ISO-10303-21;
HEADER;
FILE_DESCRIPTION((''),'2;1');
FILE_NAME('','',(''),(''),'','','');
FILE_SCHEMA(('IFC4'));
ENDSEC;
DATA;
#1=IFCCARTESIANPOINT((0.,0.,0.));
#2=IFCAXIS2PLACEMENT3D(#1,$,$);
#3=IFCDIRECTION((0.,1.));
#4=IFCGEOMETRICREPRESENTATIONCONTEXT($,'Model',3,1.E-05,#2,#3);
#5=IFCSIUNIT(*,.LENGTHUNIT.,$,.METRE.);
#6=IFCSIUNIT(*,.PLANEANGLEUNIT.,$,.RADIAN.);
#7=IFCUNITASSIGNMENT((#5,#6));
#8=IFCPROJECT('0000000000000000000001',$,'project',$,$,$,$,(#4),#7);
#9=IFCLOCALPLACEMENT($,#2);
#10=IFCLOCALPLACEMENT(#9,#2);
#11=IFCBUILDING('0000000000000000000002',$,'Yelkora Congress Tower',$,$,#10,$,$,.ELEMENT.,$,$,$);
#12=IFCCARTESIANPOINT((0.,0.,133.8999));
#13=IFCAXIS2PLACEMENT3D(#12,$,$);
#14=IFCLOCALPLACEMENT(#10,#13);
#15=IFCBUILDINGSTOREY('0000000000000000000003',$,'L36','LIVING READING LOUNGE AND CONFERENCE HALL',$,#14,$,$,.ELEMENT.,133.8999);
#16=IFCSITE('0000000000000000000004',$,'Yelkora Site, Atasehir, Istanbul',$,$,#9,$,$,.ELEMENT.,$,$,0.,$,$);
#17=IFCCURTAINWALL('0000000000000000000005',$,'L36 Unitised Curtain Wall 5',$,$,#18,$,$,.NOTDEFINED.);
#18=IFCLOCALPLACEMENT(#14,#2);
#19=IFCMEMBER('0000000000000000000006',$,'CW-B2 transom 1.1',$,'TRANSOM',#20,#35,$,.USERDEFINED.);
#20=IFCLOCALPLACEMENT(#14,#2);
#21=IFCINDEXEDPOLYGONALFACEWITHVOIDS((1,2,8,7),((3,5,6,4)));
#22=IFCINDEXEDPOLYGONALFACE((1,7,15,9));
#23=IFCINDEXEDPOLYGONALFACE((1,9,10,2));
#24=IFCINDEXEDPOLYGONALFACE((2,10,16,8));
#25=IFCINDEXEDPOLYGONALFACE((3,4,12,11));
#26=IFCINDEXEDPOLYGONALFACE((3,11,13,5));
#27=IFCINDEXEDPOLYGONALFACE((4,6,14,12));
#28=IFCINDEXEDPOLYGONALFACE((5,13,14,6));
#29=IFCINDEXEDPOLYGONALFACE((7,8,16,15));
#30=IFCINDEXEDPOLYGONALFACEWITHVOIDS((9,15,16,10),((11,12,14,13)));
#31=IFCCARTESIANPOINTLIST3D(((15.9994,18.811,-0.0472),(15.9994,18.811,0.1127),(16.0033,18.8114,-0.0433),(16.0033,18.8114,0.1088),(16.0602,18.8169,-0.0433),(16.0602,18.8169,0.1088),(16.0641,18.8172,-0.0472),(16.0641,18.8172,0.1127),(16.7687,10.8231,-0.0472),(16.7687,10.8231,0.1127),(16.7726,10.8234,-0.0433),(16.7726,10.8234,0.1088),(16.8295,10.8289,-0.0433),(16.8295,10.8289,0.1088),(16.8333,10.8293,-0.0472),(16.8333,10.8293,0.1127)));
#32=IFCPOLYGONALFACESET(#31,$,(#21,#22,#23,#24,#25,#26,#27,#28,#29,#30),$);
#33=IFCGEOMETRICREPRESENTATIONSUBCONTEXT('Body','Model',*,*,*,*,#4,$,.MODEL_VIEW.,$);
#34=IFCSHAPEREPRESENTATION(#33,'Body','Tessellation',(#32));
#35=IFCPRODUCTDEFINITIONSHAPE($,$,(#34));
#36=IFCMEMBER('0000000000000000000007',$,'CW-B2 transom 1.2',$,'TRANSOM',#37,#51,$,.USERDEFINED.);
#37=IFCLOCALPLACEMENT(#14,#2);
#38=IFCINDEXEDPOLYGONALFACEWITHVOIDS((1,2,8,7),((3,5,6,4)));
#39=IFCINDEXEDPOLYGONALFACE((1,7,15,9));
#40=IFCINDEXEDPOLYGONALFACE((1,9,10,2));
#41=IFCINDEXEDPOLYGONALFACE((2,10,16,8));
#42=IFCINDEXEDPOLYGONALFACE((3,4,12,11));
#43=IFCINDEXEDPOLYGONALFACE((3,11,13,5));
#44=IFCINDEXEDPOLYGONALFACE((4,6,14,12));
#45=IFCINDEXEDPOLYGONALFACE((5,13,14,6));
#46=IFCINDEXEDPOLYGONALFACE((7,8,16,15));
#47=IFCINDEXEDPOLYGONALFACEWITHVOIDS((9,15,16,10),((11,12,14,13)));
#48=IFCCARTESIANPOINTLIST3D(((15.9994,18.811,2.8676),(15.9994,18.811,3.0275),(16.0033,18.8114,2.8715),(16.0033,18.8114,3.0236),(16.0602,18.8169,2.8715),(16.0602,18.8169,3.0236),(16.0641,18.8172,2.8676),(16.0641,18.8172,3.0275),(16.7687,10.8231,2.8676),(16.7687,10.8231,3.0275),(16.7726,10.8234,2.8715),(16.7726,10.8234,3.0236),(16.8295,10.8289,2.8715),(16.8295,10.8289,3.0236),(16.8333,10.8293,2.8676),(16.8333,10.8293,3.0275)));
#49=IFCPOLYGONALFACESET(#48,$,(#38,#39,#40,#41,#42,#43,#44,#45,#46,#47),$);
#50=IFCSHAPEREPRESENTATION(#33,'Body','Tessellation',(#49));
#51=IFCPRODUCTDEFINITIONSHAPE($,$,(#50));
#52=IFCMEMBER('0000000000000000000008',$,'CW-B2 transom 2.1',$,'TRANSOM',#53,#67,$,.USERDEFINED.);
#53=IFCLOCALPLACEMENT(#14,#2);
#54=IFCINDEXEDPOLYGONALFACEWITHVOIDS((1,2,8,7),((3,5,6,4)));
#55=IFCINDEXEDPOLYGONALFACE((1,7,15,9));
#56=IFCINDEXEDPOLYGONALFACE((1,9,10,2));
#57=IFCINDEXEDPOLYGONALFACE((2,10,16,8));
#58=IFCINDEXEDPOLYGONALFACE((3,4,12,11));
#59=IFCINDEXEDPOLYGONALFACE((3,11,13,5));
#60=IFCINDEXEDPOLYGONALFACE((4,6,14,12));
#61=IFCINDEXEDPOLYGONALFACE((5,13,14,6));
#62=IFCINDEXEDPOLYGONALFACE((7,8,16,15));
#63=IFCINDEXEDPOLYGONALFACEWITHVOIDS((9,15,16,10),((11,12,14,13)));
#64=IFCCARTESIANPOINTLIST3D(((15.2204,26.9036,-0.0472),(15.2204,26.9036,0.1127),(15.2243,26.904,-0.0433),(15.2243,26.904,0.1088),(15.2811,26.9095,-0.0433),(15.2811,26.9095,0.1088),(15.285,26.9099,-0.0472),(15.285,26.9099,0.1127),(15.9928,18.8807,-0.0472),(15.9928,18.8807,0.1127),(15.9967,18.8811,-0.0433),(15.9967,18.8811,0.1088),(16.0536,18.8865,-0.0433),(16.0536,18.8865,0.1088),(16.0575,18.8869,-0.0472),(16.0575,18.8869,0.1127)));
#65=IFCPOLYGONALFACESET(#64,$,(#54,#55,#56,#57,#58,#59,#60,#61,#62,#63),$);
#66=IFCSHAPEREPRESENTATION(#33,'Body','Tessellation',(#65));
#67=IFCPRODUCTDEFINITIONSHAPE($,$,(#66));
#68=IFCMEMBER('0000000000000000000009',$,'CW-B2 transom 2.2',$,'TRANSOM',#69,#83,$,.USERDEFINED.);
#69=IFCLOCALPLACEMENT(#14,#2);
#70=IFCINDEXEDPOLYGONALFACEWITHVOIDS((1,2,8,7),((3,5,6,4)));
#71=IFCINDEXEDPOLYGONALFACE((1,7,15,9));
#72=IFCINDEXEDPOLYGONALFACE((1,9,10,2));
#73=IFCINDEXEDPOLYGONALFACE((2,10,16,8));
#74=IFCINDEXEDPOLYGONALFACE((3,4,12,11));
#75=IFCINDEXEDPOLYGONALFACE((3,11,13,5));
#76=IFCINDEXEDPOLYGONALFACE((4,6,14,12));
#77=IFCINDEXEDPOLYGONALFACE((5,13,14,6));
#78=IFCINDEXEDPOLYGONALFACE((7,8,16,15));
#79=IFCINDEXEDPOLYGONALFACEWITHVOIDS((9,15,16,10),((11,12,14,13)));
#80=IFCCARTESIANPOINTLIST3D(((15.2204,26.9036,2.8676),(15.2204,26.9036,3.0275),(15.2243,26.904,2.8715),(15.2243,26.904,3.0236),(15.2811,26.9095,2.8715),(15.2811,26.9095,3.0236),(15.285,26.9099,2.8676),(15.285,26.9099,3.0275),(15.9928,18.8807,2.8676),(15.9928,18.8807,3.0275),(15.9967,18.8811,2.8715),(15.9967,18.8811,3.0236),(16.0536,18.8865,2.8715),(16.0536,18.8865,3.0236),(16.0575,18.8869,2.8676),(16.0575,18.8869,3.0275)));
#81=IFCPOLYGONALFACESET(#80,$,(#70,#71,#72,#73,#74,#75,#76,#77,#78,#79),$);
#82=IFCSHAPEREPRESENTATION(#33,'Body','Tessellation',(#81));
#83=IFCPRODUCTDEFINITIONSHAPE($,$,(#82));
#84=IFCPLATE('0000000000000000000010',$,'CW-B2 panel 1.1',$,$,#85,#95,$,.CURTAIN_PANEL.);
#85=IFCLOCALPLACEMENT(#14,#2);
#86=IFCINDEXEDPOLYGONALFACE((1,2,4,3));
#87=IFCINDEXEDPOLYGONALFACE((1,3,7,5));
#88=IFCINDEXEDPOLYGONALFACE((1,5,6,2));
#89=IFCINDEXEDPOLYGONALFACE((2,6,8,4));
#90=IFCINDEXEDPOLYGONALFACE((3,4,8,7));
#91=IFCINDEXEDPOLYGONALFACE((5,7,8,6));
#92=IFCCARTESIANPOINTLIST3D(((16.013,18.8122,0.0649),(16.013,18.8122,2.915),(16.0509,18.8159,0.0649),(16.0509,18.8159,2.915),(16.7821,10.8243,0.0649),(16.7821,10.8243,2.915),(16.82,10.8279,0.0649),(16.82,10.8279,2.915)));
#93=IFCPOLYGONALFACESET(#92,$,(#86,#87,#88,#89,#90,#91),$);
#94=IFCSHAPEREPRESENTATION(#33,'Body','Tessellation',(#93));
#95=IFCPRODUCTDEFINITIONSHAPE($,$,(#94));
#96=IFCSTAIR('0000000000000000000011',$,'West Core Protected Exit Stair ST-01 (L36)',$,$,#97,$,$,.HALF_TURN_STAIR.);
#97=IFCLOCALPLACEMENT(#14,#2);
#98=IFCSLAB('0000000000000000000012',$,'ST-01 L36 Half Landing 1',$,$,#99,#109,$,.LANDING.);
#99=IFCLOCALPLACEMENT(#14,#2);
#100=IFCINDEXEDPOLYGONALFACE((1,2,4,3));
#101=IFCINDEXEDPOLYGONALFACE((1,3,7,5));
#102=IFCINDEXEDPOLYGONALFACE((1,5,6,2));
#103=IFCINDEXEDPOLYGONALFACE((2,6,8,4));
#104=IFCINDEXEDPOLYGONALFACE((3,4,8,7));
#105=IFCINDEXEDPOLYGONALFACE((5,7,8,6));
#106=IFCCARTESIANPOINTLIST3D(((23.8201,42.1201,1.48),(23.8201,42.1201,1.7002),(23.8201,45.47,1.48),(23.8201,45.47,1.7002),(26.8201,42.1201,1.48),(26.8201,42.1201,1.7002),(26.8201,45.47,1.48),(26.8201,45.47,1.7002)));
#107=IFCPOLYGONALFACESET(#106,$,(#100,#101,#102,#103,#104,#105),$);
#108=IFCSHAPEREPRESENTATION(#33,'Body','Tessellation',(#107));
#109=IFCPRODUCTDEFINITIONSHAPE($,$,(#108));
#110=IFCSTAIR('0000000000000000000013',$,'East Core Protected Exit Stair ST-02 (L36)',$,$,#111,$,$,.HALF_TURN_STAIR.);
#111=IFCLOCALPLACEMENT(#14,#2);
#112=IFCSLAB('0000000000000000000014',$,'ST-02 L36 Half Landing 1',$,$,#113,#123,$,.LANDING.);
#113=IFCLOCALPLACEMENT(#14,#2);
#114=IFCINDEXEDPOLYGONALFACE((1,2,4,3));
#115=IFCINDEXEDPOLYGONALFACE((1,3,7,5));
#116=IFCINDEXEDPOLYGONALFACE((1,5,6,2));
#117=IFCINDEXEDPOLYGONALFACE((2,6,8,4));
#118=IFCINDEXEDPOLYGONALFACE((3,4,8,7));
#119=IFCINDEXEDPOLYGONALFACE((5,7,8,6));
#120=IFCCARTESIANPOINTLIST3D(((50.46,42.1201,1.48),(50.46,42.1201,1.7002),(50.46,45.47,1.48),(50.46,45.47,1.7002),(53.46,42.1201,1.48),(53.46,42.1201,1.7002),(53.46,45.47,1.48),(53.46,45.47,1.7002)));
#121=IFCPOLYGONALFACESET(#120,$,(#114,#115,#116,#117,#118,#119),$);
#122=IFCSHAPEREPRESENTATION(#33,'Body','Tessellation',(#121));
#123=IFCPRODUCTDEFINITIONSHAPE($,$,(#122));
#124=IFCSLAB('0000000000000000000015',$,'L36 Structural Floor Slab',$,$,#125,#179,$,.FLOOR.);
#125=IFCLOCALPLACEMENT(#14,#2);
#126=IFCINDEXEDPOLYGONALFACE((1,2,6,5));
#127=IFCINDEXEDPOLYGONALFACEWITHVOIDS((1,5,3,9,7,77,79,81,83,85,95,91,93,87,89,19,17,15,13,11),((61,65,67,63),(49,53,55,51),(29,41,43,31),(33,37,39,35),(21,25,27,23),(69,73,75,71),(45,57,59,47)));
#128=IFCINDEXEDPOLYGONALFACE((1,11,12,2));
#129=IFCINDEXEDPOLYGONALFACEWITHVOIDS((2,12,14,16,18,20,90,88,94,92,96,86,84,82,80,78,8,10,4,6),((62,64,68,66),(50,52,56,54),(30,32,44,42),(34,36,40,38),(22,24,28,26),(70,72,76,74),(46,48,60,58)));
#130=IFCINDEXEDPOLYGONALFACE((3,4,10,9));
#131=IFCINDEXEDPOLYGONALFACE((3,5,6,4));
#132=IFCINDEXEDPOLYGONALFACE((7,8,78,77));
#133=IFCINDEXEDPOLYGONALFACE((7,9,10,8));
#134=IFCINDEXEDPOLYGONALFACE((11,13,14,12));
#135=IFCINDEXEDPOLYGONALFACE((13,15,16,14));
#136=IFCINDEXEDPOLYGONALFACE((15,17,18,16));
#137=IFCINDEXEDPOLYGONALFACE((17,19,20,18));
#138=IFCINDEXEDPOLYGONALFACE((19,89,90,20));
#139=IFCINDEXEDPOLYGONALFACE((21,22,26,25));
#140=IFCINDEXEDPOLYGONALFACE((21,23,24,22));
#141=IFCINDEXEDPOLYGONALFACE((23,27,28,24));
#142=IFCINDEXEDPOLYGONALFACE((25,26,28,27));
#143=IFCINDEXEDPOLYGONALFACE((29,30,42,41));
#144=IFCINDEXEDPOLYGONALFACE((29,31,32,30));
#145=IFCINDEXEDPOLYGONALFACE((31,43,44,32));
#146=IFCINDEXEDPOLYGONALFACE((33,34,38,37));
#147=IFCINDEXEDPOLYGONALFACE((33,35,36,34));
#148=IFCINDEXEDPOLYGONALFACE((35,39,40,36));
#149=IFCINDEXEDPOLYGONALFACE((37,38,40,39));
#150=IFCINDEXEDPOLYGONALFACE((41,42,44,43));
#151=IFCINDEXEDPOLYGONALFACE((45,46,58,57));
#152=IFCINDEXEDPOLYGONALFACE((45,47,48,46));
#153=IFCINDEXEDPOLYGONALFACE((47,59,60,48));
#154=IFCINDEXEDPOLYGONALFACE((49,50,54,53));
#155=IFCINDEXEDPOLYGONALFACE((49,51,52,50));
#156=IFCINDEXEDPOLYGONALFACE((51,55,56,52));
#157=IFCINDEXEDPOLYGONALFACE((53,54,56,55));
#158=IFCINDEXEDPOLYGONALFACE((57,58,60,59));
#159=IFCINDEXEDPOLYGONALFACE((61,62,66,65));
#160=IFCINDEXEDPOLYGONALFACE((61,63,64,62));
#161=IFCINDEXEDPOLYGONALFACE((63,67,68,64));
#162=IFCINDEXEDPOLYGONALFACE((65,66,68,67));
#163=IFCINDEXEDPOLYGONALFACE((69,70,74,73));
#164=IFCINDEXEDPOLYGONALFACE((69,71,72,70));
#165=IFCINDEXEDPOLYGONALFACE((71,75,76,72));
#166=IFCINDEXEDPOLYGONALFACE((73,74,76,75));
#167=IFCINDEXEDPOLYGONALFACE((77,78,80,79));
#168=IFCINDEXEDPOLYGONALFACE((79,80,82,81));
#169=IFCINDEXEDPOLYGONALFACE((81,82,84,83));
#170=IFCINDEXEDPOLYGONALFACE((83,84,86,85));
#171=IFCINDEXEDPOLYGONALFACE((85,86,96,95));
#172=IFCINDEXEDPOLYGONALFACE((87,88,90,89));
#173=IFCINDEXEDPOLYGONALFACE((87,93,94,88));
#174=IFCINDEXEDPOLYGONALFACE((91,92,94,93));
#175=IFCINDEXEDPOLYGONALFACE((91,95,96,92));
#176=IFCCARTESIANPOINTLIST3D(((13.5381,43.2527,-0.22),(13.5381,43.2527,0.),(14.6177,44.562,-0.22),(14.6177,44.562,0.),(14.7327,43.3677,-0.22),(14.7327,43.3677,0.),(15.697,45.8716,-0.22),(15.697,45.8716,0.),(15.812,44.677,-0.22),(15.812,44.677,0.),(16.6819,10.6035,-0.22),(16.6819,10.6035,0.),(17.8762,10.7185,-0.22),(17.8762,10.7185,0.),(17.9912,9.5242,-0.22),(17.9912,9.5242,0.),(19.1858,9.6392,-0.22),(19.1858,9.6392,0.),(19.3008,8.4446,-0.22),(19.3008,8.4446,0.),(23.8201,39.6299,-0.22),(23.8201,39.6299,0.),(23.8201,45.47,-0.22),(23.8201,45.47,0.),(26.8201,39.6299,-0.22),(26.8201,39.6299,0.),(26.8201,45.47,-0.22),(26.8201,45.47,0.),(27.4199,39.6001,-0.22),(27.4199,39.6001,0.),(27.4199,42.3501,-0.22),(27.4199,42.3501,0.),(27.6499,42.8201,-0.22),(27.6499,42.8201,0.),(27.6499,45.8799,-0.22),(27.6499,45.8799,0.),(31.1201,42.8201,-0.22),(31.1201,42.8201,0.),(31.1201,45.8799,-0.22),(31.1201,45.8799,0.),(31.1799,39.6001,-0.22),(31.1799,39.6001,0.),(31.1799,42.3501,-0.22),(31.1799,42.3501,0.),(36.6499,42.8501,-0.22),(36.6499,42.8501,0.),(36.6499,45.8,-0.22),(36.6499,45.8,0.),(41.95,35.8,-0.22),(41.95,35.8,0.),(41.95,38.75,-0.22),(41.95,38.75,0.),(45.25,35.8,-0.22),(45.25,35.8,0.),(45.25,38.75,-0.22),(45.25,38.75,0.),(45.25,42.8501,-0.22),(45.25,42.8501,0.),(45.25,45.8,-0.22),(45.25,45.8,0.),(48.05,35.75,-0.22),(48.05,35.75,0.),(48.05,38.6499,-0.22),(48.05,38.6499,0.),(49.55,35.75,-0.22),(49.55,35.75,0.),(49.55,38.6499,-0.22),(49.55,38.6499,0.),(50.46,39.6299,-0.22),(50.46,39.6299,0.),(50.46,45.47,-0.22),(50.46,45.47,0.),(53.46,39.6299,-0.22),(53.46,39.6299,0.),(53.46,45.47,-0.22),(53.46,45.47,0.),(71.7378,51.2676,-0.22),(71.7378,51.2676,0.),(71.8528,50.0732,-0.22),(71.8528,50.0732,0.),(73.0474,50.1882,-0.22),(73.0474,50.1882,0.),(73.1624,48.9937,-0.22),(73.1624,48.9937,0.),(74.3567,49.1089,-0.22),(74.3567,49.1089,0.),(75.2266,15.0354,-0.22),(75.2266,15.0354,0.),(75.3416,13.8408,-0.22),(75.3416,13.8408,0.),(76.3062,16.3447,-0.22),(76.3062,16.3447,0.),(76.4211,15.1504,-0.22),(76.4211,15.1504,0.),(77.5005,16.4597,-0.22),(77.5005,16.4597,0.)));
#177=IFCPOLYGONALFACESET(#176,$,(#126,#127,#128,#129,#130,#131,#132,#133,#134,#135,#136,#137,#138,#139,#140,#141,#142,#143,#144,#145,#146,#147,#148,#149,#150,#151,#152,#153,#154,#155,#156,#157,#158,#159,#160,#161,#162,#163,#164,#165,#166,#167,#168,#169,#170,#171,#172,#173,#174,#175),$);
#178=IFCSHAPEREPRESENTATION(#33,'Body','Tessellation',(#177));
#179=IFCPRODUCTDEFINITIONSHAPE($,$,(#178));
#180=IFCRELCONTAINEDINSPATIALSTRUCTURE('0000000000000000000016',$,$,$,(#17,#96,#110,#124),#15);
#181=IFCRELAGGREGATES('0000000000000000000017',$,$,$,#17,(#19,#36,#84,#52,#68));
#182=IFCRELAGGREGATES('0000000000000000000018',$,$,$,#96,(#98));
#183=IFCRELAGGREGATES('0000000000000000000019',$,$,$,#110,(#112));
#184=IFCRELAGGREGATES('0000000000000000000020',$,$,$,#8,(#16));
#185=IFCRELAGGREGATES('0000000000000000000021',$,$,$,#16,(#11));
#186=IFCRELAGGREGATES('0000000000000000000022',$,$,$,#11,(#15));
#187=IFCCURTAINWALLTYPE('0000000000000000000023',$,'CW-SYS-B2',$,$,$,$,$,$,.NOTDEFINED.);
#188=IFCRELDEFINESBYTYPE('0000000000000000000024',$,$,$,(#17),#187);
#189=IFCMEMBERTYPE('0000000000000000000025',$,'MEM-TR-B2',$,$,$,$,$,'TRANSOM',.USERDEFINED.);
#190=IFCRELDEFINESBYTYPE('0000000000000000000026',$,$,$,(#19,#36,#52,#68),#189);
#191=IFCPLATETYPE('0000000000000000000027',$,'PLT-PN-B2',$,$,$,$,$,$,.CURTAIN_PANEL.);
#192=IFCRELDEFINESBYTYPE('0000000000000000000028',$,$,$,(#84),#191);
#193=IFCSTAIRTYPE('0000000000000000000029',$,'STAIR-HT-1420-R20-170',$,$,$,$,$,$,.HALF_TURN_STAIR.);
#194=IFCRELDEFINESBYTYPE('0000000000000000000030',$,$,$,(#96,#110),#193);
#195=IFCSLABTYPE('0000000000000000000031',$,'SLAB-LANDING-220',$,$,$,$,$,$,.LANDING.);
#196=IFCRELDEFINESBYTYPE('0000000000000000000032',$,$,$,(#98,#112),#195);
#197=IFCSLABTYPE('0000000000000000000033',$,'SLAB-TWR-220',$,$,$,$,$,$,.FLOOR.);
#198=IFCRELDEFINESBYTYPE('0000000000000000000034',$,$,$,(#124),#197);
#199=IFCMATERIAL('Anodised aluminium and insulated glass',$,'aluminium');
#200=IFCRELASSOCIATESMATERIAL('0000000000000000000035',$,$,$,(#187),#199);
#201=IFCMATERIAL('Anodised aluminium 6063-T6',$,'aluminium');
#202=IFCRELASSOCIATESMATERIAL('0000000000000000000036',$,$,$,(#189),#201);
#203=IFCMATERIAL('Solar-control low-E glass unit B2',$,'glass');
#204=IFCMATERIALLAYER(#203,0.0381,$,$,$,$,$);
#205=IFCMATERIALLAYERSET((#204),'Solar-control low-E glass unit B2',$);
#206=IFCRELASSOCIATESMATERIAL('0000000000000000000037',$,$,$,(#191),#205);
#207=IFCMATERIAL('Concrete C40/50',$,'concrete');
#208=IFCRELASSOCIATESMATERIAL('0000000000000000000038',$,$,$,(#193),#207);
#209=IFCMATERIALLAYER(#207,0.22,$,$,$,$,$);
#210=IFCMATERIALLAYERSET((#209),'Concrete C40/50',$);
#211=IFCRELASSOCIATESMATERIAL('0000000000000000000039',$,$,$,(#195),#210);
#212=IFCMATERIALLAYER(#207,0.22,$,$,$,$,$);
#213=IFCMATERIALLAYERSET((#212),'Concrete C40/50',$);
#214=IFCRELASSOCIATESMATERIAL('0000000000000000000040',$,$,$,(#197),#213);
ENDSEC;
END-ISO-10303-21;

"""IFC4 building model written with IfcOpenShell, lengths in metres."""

from ifc_helpers import new_model, si_unit, direction, frame, origin, origin_2d, place, context, subcontext, project, spatial, polyline, rectangle, hollow_rectangle, outline, extrude, material, layer, layer_set, material_profile, profile_set, type_object, element, aggregate, save


model = new_model("IFC4")

# Units and contexts
model_context = context("Model", 3, precision=1e-05, world=origin(), true_north=direction((0.0, 1.0)))
body_context = subcontext(model_context, "Body", "Model", "MODEL_VIEW")
ifc_project = project(units=[si_unit("LENGTHUNIT", "METRE"), si_unit("PLANEANGLEUNIT", "RADIAN")], contexts=[model_context])

# Site, building, storey
site_placement = place(None, origin())
site = spatial("IfcSite", under=ifc_project, at=site_placement, Name="Yelkora Site, Atasehir, Istanbul", CompositionType="ELEMENT", RefElevation=0.0)
building_placement = place(site_placement, origin())
building = spatial("IfcBuilding", under=site, at=building_placement, Name="Yelkora Congress Tower", CompositionType="ELEMENT")
storey_placement = place(building_placement, frame((0.0, 0.0, 133.8999)))
storey = spatial("IfcBuildingStorey", under=building, at=storey_placement, Name="L36", Description="LIVING READING LOUNGE AND CONFERENCE HALL", CompositionType="ELEMENT", Elevation=133.8999)

# Curtain wall
ifc_material_1 = material(Name="Anodised aluminium and insulated glass", Category="aluminium")
curtain_wall_type = type_object("IfcCurtainWallType", Name="CW-SYS-B2", PredefinedType="NOTDEFINED", material=ifc_material_1)
curtain_wall_1_placement = place(storey_placement, origin())
curtain_wall_1 = element("IfcCurtainWall", 1, at=curtain_wall_1_placement, inside=storey, type_object=curtain_wall_type, Name="L36 Unitised Curtain Wall 5", PredefinedType="NOTDEFINED")
ifc_material_2 = material(Name="Anodised aluminium 6063-T6", Category="aluminium")

# Members
ifc_material_profile_1 = material_profile(ifc_material_2, hollow_rectangle(XDim=0.0649, YDim=0.1599, WallThickness=0.0039, at=origin_2d()), Name="ALU 65x160x4")
ifc_profile_set_1 = profile_set([ifc_material_profile_1], Name="Anodised aluminium 6063-T6")
member_type_1 = type_object("IfcMemberType", Name="MEM-TR-B2", ElementType="TRANSOM", PredefinedType="USERDEFINED", material=ifc_profile_set_1)
member_1_placement = place(storey_placement, frame((16.801, 10.8262, 0.0327), z_axis=(-0.095861, 0.995395, 0.0), x_axis=(-0.995395, -0.095861, 0.0)))
member_1 = element("IfcMember", 2, at=member_1_placement, type_object=member_type_1, Name="CW-B2 transom 1.1", ObjectType="TRANSOM", PredefinedType="USERDEFINED", context=body_context, shape_type="SweptSolid", body=[
    extrude(hollow_rectangle(XDim=0.0649, YDim=0.1599, WallThickness=0.0039, at=origin_2d()), origin(), (0.0, 0.0, 1.0), 8.0249),
])
member_2_placement = place(storey_placement, frame((16.801, 10.8262, 2.9475), z_axis=(-0.095861, 0.995395, 0.0), x_axis=(-0.995395, -0.095861, 0.0)))
member_2 = element("IfcMember", 3, at=member_2_placement, type_object=member_type_1, Name="CW-B2 transom 1.2", ObjectType="TRANSOM", PredefinedType="USERDEFINED", context=body_context, shape_type="SweptSolid", body=[
    extrude(hollow_rectangle(XDim=0.0649, YDim=0.1599, WallThickness=0.0039, at=origin_2d()), origin(), (0.0, 0.0, 1.0), 8.0249),
])
member_3_placement = place(storey_placement, frame((16.0251, 18.8838, 0.0327), z_axis=(-0.095838, 0.995397, 0.0), x_axis=(-0.995397, -0.095838, 0.0)))
member_3 = element("IfcMember", 4, at=member_3_placement, type_object=member_type_1, Name="CW-B2 transom 2.1", ObjectType="TRANSOM", PredefinedType="USERDEFINED", context=body_context, shape_type="SweptSolid", body=[
    extrude(hollow_rectangle(XDim=0.0649, YDim=0.1599, WallThickness=0.0039, at=origin_2d()), origin(), (0.0, 0.0, 1.0), 8.0601),
])
member_4_placement = place(storey_placement, frame((16.0251, 18.8838, 2.9475), z_axis=(-0.095838, 0.995397, 0.0), x_axis=(-0.995397, -0.095838, 0.0)))
member_4 = element("IfcMember", 5, at=member_4_placement, type_object=member_type_1, Name="CW-B2 transom 2.2", ObjectType="TRANSOM", PredefinedType="USERDEFINED", context=body_context, shape_type="SweptSolid", body=[
    extrude(hollow_rectangle(XDim=0.0649, YDim=0.1599, WallThickness=0.0039, at=origin_2d()), origin(), (0.0, 0.0, 1.0), 8.0601),
])

# Plate
ifc_material_3 = material(Name="Solar-control low-E glass unit B2", Category="glass")
ifc_layer_1 = layer(ifc_material_3, 0.0381)
ifc_layer_set_1 = layer_set([ifc_layer_1], Name="Solar-control low-E glass unit B2")
plate_type = type_object("IfcPlateType", Name="PLT-PN-B2", PredefinedType="CURTAIN_PANEL", material=ifc_layer_set_1)
plate_placement = place(storey_placement, frame((16.4165, 14.8201, 0.0649), z_axis=(0.0, 0.0, 1.0), x_axis=(-0.095843, 0.995397, 0.0)))
plate = element("IfcPlate", 6, at=plate_placement, type_object=plate_type, Name="CW-B2 panel 1.1", PredefinedType="CURTAIN_PANEL", context=body_context, shape_type="SweptSolid", body=[
    extrude(rectangle(XDim=8.0249, YDim=0.0381, at=origin_2d()), origin(), (0.0, 0.0, 1.0), 2.8501),
])
aggregate(curtain_wall_1, [member_1, member_2, plate, member_3, member_4])

# Stairs, slabs
ifc_material_4 = material(Name="Concrete C40/50", Category="concrete")
stair_type = type_object("IfcStairType", Name="STAIR-HT-1420-R20-170", PredefinedType="HALF_TURN_STAIR", material=ifc_material_4)
stair_1_placement = place(storey_placement, origin())
stair_1 = element("IfcStair", 7, at=stair_1_placement, inside=storey, type_object=stair_type, Name="West Core Protected Exit Stair ST-01 (L36)", PredefinedType="HALF_TURN_STAIR")
ifc_layer_2 = layer(ifc_material_4, 0.22)
ifc_layer_set_2 = layer_set([ifc_layer_2], Name="Concrete C40/50")
slab_type_1 = type_object("IfcSlabType", Name="SLAB-LANDING-220", PredefinedType="LANDING", material=ifc_layer_set_2)
slab_1_placement = place(storey_placement, frame((0.0, 0.0, 1.48)))
slab_1 = element("IfcSlab", 8, at=slab_1_placement, type_object=slab_type_1, Name="ST-01 L36 Half Landing 1", PredefinedType="LANDING", context=body_context, shape_type="SweptSolid", body=[
    extrude(outline(polyline([(26.8201, 42.1201), (26.8201, 45.47), (23.8201, 45.47), (23.8201, 42.1201), (26.8201, 42.1201)])), origin(), (0.0, 0.0, 1.0), 0.2202),
])
aggregate(stair_1, [slab_1])
stair_2_placement = place(storey_placement, origin())
stair_2 = element("IfcStair", 9, at=stair_2_placement, inside=storey, type_object=stair_type, Name="East Core Protected Exit Stair ST-02 (L36)", PredefinedType="HALF_TURN_STAIR")
slab_2_placement = place(storey_placement, frame((0.0, 0.0, 1.48)))
slab_2 = element("IfcSlab", 10, at=slab_2_placement, type_object=slab_type_1, Name="ST-02 L36 Half Landing 1", PredefinedType="LANDING", context=body_context, shape_type="SweptSolid", body=[
    extrude(outline(polyline([(53.46, 42.1201), (53.46, 45.47), (50.46, 45.47), (50.46, 42.1201), (53.46, 42.1201)])), origin(), (0.0, 0.0, 1.0), 0.2202),
])
aggregate(stair_2, [slab_2])

# Slab
ifc_layer_3 = layer(ifc_material_4, 0.22)
ifc_layer_set_3 = layer_set([ifc_layer_3], Name="Concrete C40/50")
slab_type_2 = type_object("IfcSlabType", Name="SLAB-TWR-220", PredefinedType="FLOOR", material=ifc_layer_set_3)
slab_3_placement = place(storey_placement, frame((0.0, 0.0, -0.22)))
element("IfcSlab", 11, at=slab_3_placement, inside=storey, type_object=slab_type_2, Name="L36 Structural Floor Slab", PredefinedType="FLOOR", context=body_context, shape_type="SweptSolid", body=[
    extrude(outline(polyline([(19.3008, 8.4446), (75.3416, 13.8408), (75.2266, 15.0354), (76.4211, 15.1504), (76.3062, 16.3447), (77.5005, 16.4597), (74.3567, 49.1089), (73.1624, 48.9937), (73.0474, 50.1882), (71.8528, 50.0732), (71.7378, 51.2676), (15.697, 45.8716), (15.812, 44.677), (14.6177, 44.562), (14.7327, 43.3677), (13.5381, 43.2527), (16.6819, 10.6035), (17.8762, 10.7185), (17.9912, 9.5242), (19.1858, 9.6392), (19.3008, 8.4446)]), holes=[polyline([(23.8201, 39.6299), (26.8201, 39.6299), (26.8201, 45.47), (23.8201, 45.47), (23.8201, 39.6299)]), polyline([(50.46, 39.6299), (53.46, 39.6299), (53.46, 45.47), (50.46, 45.47), (50.46, 39.6299)]), polyline([(48.05, 35.75), (49.55, 35.75), (49.55, 38.6499), (48.05, 38.6499), (48.05, 35.75)]), polyline([(36.6499, 42.8501), (45.25, 42.8501), (45.25, 45.8), (36.6499, 45.8), (36.6499, 42.8501)]), polyline([(41.95, 35.8), (45.25, 35.8), (45.25, 38.75), (41.95, 38.75), (41.95, 35.8)]), polyline([(27.4199, 39.6001), (31.1799, 39.6001), (31.1799, 42.3501), (27.4199, 42.3501), (27.4199, 39.6001)]), polyline([(27.6499, 42.8201), (31.1201, 42.8201), (31.1201, 45.8799), (27.6499, 45.8799), (27.6499, 42.8201)])]), origin(), (0.0, 0.0, 1.0), 0.22),
])

save(model, "model.ifc")
